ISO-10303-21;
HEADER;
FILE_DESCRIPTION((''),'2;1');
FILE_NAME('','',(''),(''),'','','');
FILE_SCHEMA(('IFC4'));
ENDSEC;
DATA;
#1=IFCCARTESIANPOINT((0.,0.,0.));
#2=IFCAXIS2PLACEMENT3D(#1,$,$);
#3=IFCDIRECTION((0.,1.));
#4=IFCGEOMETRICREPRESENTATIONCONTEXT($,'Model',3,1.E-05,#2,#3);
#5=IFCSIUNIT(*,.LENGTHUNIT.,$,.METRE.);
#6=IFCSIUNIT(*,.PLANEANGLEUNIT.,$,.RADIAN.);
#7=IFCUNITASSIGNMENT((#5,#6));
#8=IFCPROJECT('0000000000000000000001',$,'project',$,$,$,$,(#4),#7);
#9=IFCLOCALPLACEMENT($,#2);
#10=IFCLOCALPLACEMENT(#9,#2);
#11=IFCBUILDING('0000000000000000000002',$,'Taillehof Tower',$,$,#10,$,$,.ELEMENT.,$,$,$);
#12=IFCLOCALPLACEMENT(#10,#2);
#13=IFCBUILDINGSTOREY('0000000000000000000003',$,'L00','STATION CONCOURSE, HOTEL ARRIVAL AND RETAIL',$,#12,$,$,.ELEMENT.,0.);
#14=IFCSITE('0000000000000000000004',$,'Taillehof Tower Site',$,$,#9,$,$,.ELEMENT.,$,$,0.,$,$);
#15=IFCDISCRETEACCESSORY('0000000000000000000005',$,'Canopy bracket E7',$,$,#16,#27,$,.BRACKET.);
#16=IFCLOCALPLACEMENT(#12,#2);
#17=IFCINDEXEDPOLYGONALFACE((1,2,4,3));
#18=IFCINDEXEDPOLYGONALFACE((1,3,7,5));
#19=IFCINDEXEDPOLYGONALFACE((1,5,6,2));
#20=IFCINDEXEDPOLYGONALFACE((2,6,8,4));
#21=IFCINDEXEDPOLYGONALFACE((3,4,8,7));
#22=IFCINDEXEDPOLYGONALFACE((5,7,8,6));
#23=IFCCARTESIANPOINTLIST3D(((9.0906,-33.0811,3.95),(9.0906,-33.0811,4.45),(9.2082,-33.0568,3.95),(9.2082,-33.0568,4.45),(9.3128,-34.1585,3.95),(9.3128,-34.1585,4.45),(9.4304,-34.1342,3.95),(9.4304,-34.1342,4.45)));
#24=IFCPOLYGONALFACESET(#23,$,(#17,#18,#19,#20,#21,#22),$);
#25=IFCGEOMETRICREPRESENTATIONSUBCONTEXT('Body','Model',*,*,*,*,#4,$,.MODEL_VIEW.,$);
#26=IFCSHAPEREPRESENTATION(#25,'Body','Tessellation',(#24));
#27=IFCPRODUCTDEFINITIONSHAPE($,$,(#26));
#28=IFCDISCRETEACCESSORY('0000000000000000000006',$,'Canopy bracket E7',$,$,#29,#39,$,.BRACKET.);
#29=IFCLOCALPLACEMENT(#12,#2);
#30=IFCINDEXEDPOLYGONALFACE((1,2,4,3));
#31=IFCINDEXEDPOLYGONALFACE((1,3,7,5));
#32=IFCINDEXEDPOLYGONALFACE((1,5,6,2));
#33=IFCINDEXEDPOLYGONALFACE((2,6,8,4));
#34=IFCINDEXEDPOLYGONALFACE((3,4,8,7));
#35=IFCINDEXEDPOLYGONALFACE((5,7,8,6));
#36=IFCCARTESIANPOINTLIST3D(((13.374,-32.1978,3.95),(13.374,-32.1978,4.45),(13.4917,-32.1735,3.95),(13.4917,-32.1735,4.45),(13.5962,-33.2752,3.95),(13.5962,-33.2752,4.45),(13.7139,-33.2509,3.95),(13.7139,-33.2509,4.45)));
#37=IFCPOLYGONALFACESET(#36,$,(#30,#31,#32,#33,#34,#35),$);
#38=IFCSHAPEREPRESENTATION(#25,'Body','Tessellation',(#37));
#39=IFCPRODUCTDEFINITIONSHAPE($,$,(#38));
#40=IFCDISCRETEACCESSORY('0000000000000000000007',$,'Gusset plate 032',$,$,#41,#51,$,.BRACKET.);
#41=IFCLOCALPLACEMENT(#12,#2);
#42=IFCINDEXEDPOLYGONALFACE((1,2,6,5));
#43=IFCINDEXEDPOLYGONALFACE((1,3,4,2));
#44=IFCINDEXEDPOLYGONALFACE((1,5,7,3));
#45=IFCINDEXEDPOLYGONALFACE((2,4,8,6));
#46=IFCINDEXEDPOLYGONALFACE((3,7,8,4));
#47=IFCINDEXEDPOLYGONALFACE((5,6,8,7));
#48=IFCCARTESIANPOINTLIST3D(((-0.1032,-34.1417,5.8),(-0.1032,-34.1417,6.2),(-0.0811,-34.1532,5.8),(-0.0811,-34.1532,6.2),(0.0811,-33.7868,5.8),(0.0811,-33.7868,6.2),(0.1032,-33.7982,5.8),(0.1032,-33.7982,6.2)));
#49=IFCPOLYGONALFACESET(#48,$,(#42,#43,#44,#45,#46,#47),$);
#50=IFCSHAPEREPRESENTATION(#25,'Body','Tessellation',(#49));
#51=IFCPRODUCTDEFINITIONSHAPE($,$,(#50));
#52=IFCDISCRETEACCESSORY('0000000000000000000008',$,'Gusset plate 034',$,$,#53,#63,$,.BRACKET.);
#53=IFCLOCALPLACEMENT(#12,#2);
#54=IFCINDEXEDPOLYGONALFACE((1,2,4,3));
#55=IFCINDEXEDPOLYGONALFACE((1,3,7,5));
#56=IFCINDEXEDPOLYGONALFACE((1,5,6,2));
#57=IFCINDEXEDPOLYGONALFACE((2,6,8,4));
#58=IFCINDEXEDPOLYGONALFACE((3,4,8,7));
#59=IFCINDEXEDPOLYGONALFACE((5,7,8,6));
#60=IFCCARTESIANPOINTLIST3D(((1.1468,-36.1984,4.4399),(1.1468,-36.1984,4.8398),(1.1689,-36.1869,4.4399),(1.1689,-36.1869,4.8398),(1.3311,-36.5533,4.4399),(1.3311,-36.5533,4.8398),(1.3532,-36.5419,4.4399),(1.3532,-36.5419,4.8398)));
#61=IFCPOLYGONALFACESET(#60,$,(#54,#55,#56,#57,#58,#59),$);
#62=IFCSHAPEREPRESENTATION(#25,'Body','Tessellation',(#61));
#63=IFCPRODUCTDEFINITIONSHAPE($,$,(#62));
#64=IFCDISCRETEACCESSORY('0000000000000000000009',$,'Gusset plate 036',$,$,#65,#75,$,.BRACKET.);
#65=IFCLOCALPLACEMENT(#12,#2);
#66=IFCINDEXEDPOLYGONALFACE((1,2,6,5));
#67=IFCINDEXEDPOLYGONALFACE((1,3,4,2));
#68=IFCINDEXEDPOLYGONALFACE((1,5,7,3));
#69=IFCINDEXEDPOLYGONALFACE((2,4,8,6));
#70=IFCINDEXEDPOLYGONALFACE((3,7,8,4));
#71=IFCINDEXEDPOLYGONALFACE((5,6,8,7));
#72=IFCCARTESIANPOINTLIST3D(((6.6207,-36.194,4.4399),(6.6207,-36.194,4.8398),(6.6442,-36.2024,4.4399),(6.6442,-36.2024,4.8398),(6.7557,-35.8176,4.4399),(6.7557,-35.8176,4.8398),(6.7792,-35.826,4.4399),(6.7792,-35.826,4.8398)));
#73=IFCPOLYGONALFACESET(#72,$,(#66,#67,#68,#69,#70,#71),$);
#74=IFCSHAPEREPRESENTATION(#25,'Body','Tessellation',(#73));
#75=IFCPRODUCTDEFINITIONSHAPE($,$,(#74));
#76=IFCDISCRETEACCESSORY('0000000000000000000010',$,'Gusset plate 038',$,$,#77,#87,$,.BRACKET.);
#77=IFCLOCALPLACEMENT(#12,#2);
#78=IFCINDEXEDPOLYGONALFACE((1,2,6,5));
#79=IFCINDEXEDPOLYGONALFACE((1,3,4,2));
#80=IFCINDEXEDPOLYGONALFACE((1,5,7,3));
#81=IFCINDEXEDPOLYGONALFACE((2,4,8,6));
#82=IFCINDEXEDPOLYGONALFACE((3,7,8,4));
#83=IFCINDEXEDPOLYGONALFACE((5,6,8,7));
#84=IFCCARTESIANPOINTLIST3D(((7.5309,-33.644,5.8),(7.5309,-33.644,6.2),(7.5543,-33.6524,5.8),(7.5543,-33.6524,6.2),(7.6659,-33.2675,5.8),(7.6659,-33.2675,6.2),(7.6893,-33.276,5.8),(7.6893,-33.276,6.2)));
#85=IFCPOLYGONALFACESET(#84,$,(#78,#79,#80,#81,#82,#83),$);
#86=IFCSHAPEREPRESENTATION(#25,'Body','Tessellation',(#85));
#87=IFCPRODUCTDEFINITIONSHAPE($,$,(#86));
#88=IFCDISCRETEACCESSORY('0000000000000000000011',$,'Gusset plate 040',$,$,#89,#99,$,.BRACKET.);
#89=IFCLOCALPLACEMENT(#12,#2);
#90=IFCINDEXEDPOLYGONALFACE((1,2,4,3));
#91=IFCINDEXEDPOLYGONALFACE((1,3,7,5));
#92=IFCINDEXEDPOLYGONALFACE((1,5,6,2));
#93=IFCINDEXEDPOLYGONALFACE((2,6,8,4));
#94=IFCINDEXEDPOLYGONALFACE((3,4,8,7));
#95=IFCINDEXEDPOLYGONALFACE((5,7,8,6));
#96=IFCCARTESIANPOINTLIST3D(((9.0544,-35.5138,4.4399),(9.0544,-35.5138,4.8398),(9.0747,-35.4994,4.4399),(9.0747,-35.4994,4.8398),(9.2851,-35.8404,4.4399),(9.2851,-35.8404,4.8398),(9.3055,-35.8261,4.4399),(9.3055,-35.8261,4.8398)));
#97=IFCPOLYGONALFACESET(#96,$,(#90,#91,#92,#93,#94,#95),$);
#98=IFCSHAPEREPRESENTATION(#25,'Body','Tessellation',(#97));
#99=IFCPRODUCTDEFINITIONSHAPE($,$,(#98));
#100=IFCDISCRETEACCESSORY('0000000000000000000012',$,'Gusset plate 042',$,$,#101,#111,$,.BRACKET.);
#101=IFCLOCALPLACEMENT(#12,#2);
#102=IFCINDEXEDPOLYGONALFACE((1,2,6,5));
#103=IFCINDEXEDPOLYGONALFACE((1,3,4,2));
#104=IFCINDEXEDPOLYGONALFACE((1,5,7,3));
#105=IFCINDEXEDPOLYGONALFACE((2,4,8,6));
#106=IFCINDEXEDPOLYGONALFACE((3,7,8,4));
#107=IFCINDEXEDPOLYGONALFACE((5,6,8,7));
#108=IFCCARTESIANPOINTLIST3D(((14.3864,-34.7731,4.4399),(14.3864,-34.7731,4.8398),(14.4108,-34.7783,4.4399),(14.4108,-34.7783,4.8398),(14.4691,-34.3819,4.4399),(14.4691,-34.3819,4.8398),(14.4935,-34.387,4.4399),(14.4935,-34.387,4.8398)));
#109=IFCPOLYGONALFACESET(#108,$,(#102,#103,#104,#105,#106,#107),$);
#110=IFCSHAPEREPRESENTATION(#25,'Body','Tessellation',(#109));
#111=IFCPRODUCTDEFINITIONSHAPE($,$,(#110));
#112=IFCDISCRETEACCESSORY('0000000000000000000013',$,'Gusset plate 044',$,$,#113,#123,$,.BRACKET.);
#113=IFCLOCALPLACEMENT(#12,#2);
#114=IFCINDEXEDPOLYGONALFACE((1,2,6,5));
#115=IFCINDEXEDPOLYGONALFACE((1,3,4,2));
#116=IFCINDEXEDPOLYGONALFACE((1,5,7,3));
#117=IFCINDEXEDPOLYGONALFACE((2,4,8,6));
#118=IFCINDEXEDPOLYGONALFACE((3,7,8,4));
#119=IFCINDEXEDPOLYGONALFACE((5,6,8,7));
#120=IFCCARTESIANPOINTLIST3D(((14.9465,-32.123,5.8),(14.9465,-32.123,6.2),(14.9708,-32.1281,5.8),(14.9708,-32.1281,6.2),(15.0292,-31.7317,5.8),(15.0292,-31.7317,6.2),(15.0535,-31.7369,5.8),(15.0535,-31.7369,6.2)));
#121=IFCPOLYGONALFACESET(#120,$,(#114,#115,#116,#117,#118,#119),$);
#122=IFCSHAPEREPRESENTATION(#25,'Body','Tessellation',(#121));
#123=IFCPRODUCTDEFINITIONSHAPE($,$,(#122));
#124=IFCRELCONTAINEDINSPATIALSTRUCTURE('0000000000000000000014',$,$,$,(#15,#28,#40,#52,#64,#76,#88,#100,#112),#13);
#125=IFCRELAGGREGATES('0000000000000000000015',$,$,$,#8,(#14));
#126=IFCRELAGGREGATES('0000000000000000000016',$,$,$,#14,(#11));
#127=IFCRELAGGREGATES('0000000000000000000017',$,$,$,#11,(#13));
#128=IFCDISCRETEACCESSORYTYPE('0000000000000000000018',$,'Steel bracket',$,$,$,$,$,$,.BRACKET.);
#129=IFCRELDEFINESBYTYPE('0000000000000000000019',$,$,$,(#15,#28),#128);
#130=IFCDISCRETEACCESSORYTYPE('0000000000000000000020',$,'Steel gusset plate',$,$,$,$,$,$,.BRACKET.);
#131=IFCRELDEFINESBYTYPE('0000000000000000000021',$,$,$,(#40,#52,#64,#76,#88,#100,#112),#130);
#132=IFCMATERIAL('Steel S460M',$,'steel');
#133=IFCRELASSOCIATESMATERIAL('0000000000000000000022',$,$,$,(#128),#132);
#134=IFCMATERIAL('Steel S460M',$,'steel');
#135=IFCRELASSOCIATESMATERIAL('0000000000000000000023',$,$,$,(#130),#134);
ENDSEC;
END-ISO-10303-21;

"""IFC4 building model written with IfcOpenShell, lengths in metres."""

from ifc_helpers import new_model, si_unit, direction, frame, origin, origin_2d, place, context, subcontext, project, spatial, rectangle, extrude, material, type_object, element, save


model = new_model("IFC4")

# Units and contexts
model_context = context("Model", 3, precision=1e-05, world=origin(), true_north=direction((0.0, 1.0)))
body_context = subcontext(model_context, "Body", "Model", "MODEL_VIEW")
ifc_project = project(units=[si_unit("LENGTHUNIT", "METRE"), si_unit("PLANEANGLEUNIT", "RADIAN")], contexts=[model_context])

# Site, building, storey
site_placement = place(None, origin())
site = spatial("IfcSite", under=ifc_project, at=site_placement, Name="Taillehof Tower Site", CompositionType="ELEMENT", RefElevation=0.0)
building_placement = place(site_placement, origin())
building = spatial("IfcBuilding", under=site, at=building_placement, Name="Taillehof Tower", CompositionType="ELEMENT")
storey_placement = place(building_placement, origin())
storey = spatial("IfcBuildingStorey", under=building, at=storey_placement, Name="L00", Description="STATION CONCOURSE, HOTEL ARRIVAL AND RETAIL", CompositionType="ELEMENT", Elevation=0.0)

# Discrete accessories
ifc_material_1 = material(Name="Steel S460M", Category="steel")
discrete_accessory_type_1 = type_object("IfcDiscreteAccessoryType", Name="Steel bracket", PredefinedType="BRACKET", material=ifc_material_1)
for number, where, z_axis, x_axis, name in (
    (1, (9.2605, -33.6077, 3.95), (0.0, 0.0, 1.0), (0.201975, -0.979391, 0.0), "Canopy bracket E7"),
    (2, (13.5439, -32.7244, 3.95), (0.0, 0.0, 1.0), (0.201975, -0.979391, 0.0), "Canopy bracket E7"),
):
    element("IfcDiscreteAccessory", number, at=place(storey_placement, frame(where, z_axis=z_axis, x_axis=x_axis)), inside=storey, type_object=discrete_accessory_type_1, Name=name, PredefinedType="BRACKET", context=body_context, shape_type="SweptSolid", body=[
        extrude(rectangle(XDim=1.1001, YDim=0.1201, at=origin_2d()), origin(), (0.0, 0.0, 1.0), 0.5),
    ])
ifc_material_2 = material(Name="Steel S460M", Category="steel")
discrete_accessory_type_2 = type_object("IfcDiscreteAccessoryType", Name="Steel gusset plate", PredefinedType="BRACKET", material=ifc_material_2)
for number, where, z_axis, x_axis, name in (
    (3, (0.0, -33.97, 5.8), (0.0, 0.0, 1.0), (0.460669, 0.887572, 0.0), "Gusset plate 032"),
    (4, (1.25, -36.3701, 4.4399), (0.0, 0.0, 1.0), (-0.460669, 0.887572, 0.0), "Gusset plate 034"),
    (5, (6.7, -36.01, 4.4399), (0.0, 0.0, 1.0), (0.337614, 0.941284, 0.0), "Gusset plate 036"),
    (6, (7.6101, -33.46, 5.8), (0.0, 0.0, 1.0), (0.337614, 0.941284, 0.0), "Gusset plate 038"),
    (7, (9.1799, -35.6699, 4.4399), (0.0, 0.0, 1.0), (-0.576929, 0.816795, 0.0), "Gusset plate 040"),
    (8, (14.4399, -34.5801, 4.4399), (0.0, 0.0, 1.0), (0.206887, 0.978365, 0.0), "Gusset plate 042"),
    (9, (15.0, -31.9299, 5.8), (0.0, 0.0, 1.0), (0.206887, 0.978365, 0.0), "Gusset plate 044"),
):
    element("IfcDiscreteAccessory", number, at=place(storey_placement, frame(where, z_axis=z_axis, x_axis=x_axis)), inside=storey, type_object=discrete_accessory_type_2, Name=name, PredefinedType="BRACKET", context=body_context, shape_type="SweptSolid", body=[
        extrude(rectangle(XDim=0.3999, YDim=0.0249, at=origin_2d()), origin(), (0.0, 0.0, 1.0), 0.3999),
    ])

save(model, "model.ifc")
